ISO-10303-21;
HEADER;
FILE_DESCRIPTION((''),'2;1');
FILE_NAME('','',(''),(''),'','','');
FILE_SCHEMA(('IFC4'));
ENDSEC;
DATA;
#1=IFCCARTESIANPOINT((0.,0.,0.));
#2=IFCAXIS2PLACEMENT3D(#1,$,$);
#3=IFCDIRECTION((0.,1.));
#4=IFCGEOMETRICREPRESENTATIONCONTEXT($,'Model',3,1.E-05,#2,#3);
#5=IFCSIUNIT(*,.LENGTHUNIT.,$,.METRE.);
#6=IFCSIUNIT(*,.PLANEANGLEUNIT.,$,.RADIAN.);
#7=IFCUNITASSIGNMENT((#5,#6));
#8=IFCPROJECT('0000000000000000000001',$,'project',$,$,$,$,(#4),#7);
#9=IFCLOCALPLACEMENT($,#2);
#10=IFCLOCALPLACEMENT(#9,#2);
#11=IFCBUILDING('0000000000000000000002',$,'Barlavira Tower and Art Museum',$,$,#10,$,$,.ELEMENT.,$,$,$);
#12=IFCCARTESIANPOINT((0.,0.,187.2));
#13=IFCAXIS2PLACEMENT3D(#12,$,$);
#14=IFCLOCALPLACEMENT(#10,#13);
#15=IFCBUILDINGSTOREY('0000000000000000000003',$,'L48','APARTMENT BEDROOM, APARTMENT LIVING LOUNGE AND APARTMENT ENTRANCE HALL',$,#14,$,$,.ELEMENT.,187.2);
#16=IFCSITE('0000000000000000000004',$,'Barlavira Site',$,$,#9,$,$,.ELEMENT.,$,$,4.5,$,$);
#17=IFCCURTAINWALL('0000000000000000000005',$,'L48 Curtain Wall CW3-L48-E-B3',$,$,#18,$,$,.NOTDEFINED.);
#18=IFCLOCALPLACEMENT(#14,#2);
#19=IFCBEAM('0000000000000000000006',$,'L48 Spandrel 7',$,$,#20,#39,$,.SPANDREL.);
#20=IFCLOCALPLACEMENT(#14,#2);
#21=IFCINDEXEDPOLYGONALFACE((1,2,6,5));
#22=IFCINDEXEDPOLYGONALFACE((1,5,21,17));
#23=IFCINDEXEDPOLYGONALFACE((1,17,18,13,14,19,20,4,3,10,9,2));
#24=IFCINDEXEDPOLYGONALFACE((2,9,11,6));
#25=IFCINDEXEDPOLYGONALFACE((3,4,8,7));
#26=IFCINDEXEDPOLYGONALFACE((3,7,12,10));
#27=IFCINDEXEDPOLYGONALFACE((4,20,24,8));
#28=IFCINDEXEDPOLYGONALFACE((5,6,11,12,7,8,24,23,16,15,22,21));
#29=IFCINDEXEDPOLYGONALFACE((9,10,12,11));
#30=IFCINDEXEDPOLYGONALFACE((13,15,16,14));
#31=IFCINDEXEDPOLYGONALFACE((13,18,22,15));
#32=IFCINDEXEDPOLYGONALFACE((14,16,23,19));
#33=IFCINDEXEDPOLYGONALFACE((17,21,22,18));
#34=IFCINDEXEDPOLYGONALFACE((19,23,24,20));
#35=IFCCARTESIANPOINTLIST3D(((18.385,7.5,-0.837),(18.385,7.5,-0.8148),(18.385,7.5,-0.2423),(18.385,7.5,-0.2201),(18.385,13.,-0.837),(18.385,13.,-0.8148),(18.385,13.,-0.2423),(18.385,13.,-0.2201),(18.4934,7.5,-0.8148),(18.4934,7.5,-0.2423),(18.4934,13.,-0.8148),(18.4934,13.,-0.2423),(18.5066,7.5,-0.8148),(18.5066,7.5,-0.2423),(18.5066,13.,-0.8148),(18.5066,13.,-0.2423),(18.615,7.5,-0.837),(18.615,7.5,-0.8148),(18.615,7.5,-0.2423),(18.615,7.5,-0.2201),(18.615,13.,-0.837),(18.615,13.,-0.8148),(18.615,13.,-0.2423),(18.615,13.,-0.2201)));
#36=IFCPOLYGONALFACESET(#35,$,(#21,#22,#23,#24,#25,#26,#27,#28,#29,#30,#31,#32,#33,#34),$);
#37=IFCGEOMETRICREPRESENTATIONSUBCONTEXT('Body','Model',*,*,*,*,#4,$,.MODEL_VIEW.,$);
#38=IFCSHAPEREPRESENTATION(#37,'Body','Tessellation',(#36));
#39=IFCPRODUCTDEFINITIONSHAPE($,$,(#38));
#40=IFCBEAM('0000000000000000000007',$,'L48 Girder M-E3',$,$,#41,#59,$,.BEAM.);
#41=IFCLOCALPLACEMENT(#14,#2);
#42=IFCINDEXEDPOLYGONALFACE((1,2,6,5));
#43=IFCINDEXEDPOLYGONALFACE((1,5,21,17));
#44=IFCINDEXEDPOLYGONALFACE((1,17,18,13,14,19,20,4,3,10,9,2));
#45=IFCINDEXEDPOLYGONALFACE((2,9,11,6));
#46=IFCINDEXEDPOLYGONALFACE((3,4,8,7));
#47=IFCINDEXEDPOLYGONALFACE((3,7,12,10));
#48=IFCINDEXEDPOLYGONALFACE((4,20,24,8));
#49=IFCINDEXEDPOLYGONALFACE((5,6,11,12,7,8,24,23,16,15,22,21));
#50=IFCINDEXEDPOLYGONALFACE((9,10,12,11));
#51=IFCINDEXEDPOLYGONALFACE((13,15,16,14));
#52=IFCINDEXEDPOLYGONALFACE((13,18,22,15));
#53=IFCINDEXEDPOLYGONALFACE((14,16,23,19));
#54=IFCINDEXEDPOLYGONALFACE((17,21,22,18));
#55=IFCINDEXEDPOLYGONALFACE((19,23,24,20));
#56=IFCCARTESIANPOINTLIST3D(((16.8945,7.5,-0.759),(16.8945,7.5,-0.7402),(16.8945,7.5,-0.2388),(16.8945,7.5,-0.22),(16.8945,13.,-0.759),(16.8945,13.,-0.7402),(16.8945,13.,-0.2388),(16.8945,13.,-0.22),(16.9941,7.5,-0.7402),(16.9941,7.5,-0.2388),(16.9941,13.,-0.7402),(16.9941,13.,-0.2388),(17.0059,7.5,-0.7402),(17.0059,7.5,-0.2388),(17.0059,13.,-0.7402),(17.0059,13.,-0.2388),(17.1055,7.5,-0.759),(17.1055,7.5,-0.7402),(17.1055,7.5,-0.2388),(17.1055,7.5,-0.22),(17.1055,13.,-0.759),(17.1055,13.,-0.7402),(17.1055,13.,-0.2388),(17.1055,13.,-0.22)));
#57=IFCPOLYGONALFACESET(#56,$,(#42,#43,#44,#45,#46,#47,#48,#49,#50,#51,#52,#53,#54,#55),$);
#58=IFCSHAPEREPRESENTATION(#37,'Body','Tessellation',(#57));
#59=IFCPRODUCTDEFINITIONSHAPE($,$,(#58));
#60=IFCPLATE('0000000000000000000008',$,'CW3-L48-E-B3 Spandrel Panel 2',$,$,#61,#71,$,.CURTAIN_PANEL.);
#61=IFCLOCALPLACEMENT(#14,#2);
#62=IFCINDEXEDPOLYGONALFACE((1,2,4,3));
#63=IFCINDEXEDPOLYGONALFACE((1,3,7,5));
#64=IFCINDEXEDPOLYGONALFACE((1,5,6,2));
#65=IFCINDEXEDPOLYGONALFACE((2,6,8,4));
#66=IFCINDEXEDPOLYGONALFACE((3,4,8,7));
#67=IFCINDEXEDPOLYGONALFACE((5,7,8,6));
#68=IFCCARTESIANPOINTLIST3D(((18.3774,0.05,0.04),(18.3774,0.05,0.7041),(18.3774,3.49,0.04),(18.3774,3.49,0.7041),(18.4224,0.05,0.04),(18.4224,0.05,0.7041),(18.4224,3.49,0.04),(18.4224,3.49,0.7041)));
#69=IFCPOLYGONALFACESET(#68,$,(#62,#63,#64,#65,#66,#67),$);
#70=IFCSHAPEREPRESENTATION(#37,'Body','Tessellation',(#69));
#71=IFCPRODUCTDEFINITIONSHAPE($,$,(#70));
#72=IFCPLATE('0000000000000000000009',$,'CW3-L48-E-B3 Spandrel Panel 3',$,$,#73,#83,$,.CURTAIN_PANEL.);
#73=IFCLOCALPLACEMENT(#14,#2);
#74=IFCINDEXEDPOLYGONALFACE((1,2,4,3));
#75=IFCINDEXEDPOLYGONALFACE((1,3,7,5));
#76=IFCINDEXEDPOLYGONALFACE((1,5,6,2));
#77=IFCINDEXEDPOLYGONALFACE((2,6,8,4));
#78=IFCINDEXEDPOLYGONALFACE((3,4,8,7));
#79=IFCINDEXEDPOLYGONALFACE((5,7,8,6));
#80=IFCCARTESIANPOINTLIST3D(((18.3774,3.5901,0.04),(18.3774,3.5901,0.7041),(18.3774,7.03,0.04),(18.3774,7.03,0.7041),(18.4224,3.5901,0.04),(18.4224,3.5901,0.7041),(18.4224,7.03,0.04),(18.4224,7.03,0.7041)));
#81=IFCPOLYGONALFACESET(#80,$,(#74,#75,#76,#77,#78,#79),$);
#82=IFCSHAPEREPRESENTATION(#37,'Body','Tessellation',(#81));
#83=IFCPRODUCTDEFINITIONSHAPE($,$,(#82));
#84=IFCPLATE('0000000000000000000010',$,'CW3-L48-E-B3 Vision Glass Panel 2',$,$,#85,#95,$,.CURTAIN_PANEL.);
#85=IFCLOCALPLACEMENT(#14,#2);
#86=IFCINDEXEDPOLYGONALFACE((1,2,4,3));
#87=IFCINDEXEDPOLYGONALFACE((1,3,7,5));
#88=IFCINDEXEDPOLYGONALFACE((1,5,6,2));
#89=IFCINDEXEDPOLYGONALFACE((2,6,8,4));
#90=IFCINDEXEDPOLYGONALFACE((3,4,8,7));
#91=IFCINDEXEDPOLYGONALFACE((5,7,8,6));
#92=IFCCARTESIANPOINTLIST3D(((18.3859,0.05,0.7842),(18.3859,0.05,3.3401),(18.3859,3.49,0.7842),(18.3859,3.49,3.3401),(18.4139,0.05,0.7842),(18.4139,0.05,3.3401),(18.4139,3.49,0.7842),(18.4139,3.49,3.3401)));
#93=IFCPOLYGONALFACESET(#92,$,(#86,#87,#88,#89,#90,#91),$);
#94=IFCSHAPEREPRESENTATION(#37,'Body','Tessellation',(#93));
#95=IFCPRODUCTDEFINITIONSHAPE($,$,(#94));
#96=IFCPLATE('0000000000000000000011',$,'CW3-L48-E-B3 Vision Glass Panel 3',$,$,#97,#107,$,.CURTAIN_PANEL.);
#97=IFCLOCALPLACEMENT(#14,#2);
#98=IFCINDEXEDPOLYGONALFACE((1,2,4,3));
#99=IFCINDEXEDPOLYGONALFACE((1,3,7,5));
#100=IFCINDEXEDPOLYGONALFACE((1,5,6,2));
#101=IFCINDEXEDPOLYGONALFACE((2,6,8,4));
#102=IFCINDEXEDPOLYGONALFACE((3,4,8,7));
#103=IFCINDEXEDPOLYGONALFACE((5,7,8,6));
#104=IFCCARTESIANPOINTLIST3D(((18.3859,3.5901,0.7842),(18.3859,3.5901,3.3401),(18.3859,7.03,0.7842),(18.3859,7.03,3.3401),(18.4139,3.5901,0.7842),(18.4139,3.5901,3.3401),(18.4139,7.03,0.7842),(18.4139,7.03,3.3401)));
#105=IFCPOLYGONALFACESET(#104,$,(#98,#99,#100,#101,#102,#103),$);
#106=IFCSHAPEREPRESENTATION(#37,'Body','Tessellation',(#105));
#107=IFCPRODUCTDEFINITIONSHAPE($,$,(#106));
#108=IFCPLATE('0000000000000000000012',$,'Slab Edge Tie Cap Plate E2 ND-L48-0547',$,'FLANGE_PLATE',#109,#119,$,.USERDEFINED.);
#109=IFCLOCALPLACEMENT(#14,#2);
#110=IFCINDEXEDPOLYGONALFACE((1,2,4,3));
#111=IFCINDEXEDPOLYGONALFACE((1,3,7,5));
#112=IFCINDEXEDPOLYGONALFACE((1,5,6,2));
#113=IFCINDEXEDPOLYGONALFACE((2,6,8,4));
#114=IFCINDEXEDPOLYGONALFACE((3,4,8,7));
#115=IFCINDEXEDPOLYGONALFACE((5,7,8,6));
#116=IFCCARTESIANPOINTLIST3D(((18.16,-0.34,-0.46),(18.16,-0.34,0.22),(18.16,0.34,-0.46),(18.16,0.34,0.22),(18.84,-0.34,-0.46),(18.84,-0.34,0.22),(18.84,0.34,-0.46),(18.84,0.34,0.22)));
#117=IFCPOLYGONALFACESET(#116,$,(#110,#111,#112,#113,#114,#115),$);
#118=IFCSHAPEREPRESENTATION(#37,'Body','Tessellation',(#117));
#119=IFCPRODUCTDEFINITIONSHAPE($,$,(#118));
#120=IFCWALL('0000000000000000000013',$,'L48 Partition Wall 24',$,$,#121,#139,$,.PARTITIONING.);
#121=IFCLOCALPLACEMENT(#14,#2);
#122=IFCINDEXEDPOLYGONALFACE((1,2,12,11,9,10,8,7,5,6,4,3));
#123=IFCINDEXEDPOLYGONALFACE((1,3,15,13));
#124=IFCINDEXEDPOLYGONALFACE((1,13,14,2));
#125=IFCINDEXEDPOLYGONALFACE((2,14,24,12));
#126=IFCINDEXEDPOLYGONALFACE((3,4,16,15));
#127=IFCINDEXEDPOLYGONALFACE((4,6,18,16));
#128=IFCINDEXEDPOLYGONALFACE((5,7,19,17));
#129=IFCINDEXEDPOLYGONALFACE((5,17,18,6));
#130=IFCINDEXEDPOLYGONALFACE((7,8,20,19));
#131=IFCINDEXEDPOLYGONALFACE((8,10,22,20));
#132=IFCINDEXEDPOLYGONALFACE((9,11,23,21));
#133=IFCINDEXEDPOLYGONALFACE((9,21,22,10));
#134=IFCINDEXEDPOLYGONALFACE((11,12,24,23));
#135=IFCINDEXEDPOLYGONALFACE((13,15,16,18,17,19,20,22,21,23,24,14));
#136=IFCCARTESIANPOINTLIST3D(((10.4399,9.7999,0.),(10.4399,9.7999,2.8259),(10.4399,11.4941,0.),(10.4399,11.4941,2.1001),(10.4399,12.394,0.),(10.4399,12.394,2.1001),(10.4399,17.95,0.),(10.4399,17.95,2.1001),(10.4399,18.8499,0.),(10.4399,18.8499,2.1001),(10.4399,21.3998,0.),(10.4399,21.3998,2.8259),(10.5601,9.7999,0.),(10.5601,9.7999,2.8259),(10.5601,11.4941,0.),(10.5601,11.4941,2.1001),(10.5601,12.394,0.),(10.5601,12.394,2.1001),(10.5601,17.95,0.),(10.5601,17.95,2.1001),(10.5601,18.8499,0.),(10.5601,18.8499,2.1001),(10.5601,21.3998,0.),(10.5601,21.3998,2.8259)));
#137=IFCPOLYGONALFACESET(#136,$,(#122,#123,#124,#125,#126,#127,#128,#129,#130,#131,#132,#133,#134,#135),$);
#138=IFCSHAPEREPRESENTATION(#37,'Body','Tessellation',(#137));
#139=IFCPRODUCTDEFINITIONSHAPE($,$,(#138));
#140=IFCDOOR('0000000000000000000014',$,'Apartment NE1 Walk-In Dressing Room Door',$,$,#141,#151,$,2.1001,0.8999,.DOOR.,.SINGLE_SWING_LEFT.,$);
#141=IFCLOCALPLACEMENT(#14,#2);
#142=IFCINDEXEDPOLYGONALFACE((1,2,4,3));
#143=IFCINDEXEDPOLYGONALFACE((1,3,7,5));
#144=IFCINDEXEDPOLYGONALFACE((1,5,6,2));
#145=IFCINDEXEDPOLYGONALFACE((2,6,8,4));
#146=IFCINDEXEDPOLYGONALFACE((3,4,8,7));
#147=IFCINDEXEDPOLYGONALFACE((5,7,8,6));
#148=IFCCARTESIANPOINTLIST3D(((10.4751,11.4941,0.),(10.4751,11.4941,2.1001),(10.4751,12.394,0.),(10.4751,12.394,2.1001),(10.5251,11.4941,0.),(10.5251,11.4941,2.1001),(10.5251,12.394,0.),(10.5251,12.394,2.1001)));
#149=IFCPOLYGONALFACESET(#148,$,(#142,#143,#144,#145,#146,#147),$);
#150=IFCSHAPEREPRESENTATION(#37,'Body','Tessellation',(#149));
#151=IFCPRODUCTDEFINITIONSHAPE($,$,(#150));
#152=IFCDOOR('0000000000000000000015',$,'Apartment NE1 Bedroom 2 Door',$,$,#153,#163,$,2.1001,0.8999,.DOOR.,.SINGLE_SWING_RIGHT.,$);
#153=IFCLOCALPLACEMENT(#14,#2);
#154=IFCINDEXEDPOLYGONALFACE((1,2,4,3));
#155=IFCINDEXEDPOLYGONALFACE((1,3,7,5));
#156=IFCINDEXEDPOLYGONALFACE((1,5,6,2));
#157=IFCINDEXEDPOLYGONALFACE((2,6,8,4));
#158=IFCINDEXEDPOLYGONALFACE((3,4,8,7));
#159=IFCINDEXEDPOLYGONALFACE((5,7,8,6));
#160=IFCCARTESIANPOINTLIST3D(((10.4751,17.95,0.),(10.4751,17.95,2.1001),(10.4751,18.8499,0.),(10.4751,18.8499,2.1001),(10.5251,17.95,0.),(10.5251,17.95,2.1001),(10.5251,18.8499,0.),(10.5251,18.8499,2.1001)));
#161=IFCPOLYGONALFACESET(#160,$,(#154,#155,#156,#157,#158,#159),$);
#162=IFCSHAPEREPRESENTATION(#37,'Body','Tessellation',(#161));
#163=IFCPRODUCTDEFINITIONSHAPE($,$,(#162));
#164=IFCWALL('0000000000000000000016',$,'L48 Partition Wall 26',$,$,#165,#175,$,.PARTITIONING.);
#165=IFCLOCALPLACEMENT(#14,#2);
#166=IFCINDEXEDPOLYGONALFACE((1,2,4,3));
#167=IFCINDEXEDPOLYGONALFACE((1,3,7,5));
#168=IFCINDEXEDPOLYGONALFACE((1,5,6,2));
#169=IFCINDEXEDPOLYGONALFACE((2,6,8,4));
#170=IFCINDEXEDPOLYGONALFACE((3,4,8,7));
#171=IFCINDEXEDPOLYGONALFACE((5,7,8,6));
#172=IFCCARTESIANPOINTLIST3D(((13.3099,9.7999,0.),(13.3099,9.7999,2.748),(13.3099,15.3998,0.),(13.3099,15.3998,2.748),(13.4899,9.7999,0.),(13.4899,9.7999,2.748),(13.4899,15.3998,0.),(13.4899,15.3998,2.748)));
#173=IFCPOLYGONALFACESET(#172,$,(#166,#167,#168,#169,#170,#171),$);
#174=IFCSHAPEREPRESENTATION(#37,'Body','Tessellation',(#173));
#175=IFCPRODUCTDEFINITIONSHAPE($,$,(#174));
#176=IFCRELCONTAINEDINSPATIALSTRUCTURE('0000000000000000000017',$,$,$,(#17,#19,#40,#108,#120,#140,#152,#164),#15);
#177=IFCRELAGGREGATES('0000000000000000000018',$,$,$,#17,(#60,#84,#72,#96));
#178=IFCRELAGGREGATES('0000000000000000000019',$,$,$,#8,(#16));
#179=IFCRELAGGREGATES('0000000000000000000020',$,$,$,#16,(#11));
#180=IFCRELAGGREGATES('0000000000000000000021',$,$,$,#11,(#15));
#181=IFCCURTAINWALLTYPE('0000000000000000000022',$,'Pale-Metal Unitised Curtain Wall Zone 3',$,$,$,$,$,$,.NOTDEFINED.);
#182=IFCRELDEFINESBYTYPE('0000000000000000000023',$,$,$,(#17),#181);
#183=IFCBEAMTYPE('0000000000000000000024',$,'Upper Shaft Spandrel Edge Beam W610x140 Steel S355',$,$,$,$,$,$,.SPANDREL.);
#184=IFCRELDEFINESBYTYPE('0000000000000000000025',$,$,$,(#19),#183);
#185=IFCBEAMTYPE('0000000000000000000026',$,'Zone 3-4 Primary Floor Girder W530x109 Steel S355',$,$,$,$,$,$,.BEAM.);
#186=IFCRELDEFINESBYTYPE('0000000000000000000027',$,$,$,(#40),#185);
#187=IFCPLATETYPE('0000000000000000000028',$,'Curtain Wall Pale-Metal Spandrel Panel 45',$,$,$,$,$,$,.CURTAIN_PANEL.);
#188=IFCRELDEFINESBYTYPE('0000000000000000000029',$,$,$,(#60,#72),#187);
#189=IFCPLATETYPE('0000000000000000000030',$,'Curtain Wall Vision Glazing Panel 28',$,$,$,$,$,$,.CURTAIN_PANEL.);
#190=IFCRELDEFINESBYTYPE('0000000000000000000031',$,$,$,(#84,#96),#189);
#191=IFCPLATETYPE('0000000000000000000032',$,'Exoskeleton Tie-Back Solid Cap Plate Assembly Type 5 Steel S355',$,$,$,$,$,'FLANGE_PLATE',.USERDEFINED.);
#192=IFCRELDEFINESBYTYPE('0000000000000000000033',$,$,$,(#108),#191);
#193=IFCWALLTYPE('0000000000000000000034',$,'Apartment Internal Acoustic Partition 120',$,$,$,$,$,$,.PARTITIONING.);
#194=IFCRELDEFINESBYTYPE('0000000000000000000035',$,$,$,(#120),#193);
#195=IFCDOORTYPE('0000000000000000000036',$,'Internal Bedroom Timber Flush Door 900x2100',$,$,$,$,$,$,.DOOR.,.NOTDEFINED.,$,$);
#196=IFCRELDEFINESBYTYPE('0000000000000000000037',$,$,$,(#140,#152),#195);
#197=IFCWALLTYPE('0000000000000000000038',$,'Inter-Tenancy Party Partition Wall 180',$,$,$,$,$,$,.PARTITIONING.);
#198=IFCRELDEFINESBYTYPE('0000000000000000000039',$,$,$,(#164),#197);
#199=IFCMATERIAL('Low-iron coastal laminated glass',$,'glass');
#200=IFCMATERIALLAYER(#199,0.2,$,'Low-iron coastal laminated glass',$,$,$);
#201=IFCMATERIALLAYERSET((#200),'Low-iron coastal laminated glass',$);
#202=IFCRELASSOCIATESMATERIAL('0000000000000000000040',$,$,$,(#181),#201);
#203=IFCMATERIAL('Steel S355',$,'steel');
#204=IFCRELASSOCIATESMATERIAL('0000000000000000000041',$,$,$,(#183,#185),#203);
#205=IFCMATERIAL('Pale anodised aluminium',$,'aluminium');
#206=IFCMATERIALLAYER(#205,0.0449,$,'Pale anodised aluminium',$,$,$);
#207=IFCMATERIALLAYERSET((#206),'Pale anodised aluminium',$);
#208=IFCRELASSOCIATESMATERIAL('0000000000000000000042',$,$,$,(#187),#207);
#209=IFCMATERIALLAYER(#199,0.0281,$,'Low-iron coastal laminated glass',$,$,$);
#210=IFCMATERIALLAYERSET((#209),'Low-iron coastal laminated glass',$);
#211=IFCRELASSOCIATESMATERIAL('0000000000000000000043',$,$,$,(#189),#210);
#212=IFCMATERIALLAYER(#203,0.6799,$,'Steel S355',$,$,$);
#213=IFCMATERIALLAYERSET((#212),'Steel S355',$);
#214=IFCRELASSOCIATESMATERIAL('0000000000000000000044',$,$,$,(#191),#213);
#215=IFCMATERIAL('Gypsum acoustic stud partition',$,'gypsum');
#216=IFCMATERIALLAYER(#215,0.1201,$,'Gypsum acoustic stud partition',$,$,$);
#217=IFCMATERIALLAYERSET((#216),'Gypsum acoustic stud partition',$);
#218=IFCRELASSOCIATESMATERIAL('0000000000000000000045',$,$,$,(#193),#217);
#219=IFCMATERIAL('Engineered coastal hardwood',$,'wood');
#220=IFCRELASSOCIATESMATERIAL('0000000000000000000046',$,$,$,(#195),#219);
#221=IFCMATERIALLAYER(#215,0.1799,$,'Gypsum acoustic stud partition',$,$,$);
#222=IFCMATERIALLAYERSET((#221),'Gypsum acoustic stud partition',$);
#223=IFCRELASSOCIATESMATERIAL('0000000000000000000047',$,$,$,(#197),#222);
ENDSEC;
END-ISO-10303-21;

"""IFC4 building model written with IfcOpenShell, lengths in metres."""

from ifc_helpers import new_model, si_unit, direction, frame, frame_2d, origin, origin_2d, place, context, subcontext, project, spatial, rectangle, i_section, extrude, material, layer, layer_set, material_profile, profile_set, type_object, element, fill, aggregate, save


model = new_model("IFC4")

# Units and contexts
model_context = context("Model", 3, precision=1e-05, world=origin(), true_north=direction((0.0, 1.0)))
body_context = subcontext(model_context, "Body", "Model", "MODEL_VIEW")
ifc_project = project(units=[si_unit("LENGTHUNIT", "METRE"), si_unit("PLANEANGLEUNIT", "RADIAN")], contexts=[model_context])

# Site, building, storey
site_placement = place(None, origin())
site = spatial("IfcSite", under=ifc_project, at=site_placement, Name="Barlavira Site", CompositionType="ELEMENT", RefElevation=4.5)
building_placement = place(site_placement, origin())
building = spatial("IfcBuilding", under=site, at=building_placement, Name="Barlavira Tower and Art Museum", CompositionType="ELEMENT")
storey_placement = place(building_placement, frame((0.0, 0.0, 187.2)))
storey = spatial("IfcBuildingStorey", under=building, at=storey_placement, Name="L48", Description="APARTMENT BEDROOM, APARTMENT LIVING LOUNGE AND APARTMENT ENTRANCE HALL", CompositionType="ELEMENT", Elevation=187.2)

# Curtain wall
ifc_material_1 = material(Name="Low-iron coastal laminated glass", Category="glass")
ifc_layer_1 = layer(ifc_material_1, 0.2, Name="Low-iron coastal laminated glass")
ifc_layer_set_1 = layer_set([ifc_layer_1], Name="Low-iron coastal laminated glass")
curtain_wall_type = type_object("IfcCurtainWallType", Name="Pale-Metal Unitised Curtain Wall Zone 3", PredefinedType="NOTDEFINED", material=ifc_layer_set_1)
curtain_wall_placement = place(storey_placement, origin())
curtain_wall = element("IfcCurtainWall", 1, at=curtain_wall_placement, inside=storey, type_object=curtain_wall_type, Name="L48 Curtain Wall CW3-L48-E-B3", PredefinedType="NOTDEFINED")
ifc_material_2 = material(Name="Pale anodised aluminium", Category="aluminium")

# Shared definitions
ifc_material_3 = material(Name="Steel S355", Category="steel")

# Beams
ifc_material_profile_1 = material_profile(ifc_material_3, i_section(OverallWidth=0.23, OverallDepth=0.6169, WebThickness=0.0132, FlangeThickness=0.0222, at=origin_2d()), Name="W610x140.0")
ifc_profile_set_1 = profile_set([ifc_material_profile_1], Name="Steel S355")
beam_type_1 = type_object("IfcBeamType", Name="Upper Shaft Spandrel Edge Beam W610x140 Steel S355", PredefinedType="SPANDREL", material=ifc_profile_set_1)
beam_1_placement = place(storey_placement, frame((18.5, 7.5, -0.5286), z_axis=(0.0, 1.0, 0.0), x_axis=(-1.0, 0.0, 0.0)))
element("IfcBeam", 2, at=beam_1_placement, inside=storey, type_object=beam_type_1, Name="L48 Spandrel 7", PredefinedType="SPANDREL", context=body_context, shape_type="SweptSolid", body=[
    extrude(i_section(OverallWidth=0.23, OverallDepth=0.6169, WebThickness=0.0132, FlangeThickness=0.0222, at=origin_2d()), origin(), (0.0, 0.0, 1.0), 5.5),
])
ifc_material_profile_2 = material_profile(ifc_material_3, i_section(OverallWidth=0.2109, OverallDepth=0.5391, WebThickness=0.0117, FlangeThickness=0.0188, at=origin_2d()), Name="W530x109.0")
ifc_profile_set_2 = profile_set([ifc_material_profile_2], Name="Steel S355")
beam_type_2 = type_object("IfcBeamType", Name="Zone 3-4 Primary Floor Girder W530x109 Steel S355", PredefinedType="BEAM", material=ifc_profile_set_2)
beam_2_placement = place(storey_placement, frame((17.0, 7.5, -0.4895), z_axis=(0.0, 1.0, 0.0), x_axis=(-1.0, 0.0, 0.0)))
element("IfcBeam", 3, at=beam_2_placement, inside=storey, type_object=beam_type_2, Name="L48 Girder M-E3", PredefinedType="BEAM", context=body_context, shape_type="SweptSolid", body=[
    extrude(i_section(OverallWidth=0.2109, OverallDepth=0.5391, WebThickness=0.0117, FlangeThickness=0.0188, at=origin_2d()), origin(), (0.0, 0.0, 1.0), 5.5),
])

# Plates
ifc_layer_2 = layer(ifc_material_2, 0.0449, Name="Pale anodised aluminium")
ifc_layer_set_2 = layer_set([ifc_layer_2], Name="Pale anodised aluminium")
plate_type_1 = type_object("IfcPlateType", Name="Curtain Wall Pale-Metal Spandrel Panel 45", PredefinedType="CURTAIN_PANEL", material=ifc_layer_set_2)
plate_1_placement = place(storey_placement, frame((18.3999, 1.77, 0.04), z_axis=(0.0, 0.0, 1.0), x_axis=(0.0, 1.0, 0.0)))
plate_1 = element("IfcPlate", 4, at=plate_1_placement, type_object=plate_type_1, Name="CW3-L48-E-B3 Spandrel Panel 2", PredefinedType="CURTAIN_PANEL", context=body_context, shape_type="SweptSolid", body=[
    extrude(rectangle(XDim=3.4399, YDim=0.0449, at=origin_2d()), origin(), (0.0, 0.0, 1.0), 0.6641),
])
plate_2_placement = place(storey_placement, frame((18.3999, 5.3101, 0.04), z_axis=(0.0, 0.0, 1.0), x_axis=(0.0, 1.0, 0.0)))
plate_2 = element("IfcPlate", 5, at=plate_2_placement, type_object=plate_type_1, Name="CW3-L48-E-B3 Spandrel Panel 3", PredefinedType="CURTAIN_PANEL", context=body_context, shape_type="SweptSolid", body=[
    extrude(rectangle(XDim=3.4399, YDim=0.0449, at=origin_2d()), origin(), (0.0, 0.0, 1.0), 0.6641),
])
ifc_layer_3 = layer(ifc_material_1, 0.0281, Name="Low-iron coastal laminated glass")
ifc_layer_set_3 = layer_set([ifc_layer_3], Name="Low-iron coastal laminated glass")
plate_type_2 = type_object("IfcPlateType", Name="Curtain Wall Vision Glazing Panel 28", PredefinedType="CURTAIN_PANEL", material=ifc_layer_set_3)
plate_3_placement = place(storey_placement, frame((18.3999, 1.77, 0.7842), z_axis=(0.0, 0.0, 1.0), x_axis=(0.0, 1.0, 0.0)))
plate_3 = element("IfcPlate", 6, at=plate_3_placement, type_object=plate_type_2, Name="CW3-L48-E-B3 Vision Glass Panel 2", PredefinedType="CURTAIN_PANEL", context=body_context, shape_type="SweptSolid", body=[
    extrude(rectangle(XDim=3.4399, YDim=0.0281, at=origin_2d()), origin(), (0.0, 0.0, 1.0), 2.5559),
])
plate_4_placement = place(storey_placement, frame((18.3999, 5.3101, 0.7842), z_axis=(0.0, 0.0, 1.0), x_axis=(0.0, 1.0, 0.0)))
plate_4 = element("IfcPlate", 7, at=plate_4_placement, type_object=plate_type_2, Name="CW3-L48-E-B3 Vision Glass Panel 3", PredefinedType="CURTAIN_PANEL", context=body_context, shape_type="SweptSolid", body=[
    extrude(rectangle(XDim=3.4399, YDim=0.0281, at=origin_2d()), origin(), (0.0, 0.0, 1.0), 2.5559),
])
aggregate(curtain_wall, [plate_1, plate_3, plate_2, plate_4])
ifc_layer_4 = layer(ifc_material_3, 0.6799, Name="Steel S355")
ifc_layer_set_4 = layer_set([ifc_layer_4], Name="Steel S355")
plate_type_3 = type_object("IfcPlateType", Name="Exoskeleton Tie-Back Solid Cap Plate Assembly Type 5 Steel S355", ElementType="FLANGE_PLATE", PredefinedType="USERDEFINED", material=ifc_layer_set_4)
plate_5_placement = place(storey_placement, frame((18.5, 0.0, -0.46), z_axis=(0.0, 0.0, 1.0), x_axis=(1.0, 0.0, 0.0)))
element("IfcPlate", 8, at=plate_5_placement, inside=storey, type_object=plate_type_3, Name="Slab Edge Tie Cap Plate E2 ND-L48-0547", ObjectType="FLANGE_PLATE", PredefinedType="USERDEFINED", context=body_context, shape_type="SweptSolid", body=[
    extrude(rectangle(XDim=0.6799, YDim=0.6799, at=origin_2d()), origin(), (0.0, 0.0, 1.0), 0.6799),
])

# Wall, openings, doors
ifc_material_4 = material(Name="Gypsum acoustic stud partition", Category="gypsum")
ifc_layer_5 = layer(ifc_material_4, 0.1201, Name="Gypsum acoustic stud partition")
ifc_layer_set_5 = layer_set([ifc_layer_5], Name="Gypsum acoustic stud partition")
wall_type_1 = type_object("IfcWallType", Name="Apartment Internal Acoustic Partition 120", PredefinedType="PARTITIONING", material=ifc_layer_set_5)
wall_1_placement = place(storey_placement, frame((10.5, 9.8, 0.0), z_axis=(0.0, 0.0, 1.0), x_axis=(0.0, 1.0, 0.0)))
wall_1 = element("IfcWall", 9, at=wall_1_placement, inside=storey, type_object=wall_type_1, Name="L48 Partition Wall 24", PredefinedType="PARTITIONING", context=body_context, shape_type="SweptSolid", body=[
    extrude(rectangle(XDim=11.5999, YDim=0.1201, at=frame_2d((5.7998, 0.0))), origin(), (0.0, 0.0, 1.0), 2.8259),
])
opening_1_placement = place(wall_1_placement, frame((1.6941, 0.0, 0.0)))
opening_1 = element("IfcOpeningElement", 10, at=opening_1_placement, cuts=wall_1, PredefinedType="OPENING", context=body_context, shape_type="SweptSolid", body=[
    extrude(rectangle(XDim=0.8999, YDim=2.1001, at=frame_2d((0.45, 1.05))), frame((0.0, 0.0701, 0.0), z_axis=(0.0, -1.0, 0.0), x_axis=(1.0, 0.0, 0.0)), (0.0, 0.0, 1.0), 0.1401),
])
opening_2_placement = place(wall_1_placement, frame((8.1499, 0.0, 0.0)))
opening_2 = element("IfcOpeningElement", 11, at=opening_2_placement, cuts=wall_1, PredefinedType="OPENING", context=body_context, shape_type="SweptSolid", body=[
    extrude(rectangle(XDim=0.8999, YDim=2.1001, at=frame_2d((0.45, 1.05))), frame((0.0, 0.0701, 0.0), z_axis=(0.0, -1.0, 0.0), x_axis=(1.0, 0.0, 0.0)), (0.0, 0.0, 1.0), 0.1401),
])
ifc_material_5 = material(Name="Engineered coastal hardwood", Category="wood")
door_type = type_object("IfcDoorType", Name="Internal Bedroom Timber Flush Door 900x2100", OperationType="NOTDEFINED", PredefinedType="DOOR", material=ifc_material_5)
door_1_placement = place(opening_1_placement, origin())
door_1 = element("IfcDoor", 12, at=door_1_placement, inside=storey, type_object=door_type, Name="Apartment NE1 Walk-In Dressing Room Door", OperationType="SINGLE_SWING_LEFT", OverallHeight=2.1001, OverallWidth=0.8999, PredefinedType="DOOR", context=body_context, shape_type="SweptSolid", body=[
    extrude(rectangle(XDim=0.8999, YDim=2.1001, at=frame_2d((0.45, 1.05))), frame((0.0, 0.0249, 0.0), z_axis=(0.0, -1.0, 0.0), x_axis=(1.0, 0.0, 0.0)), (0.0, 0.0, 1.0), 0.05),
])
fill(opening_1, door_1)
door_2_placement = place(opening_2_placement, origin())
door_2 = element("IfcDoor", 13, at=door_2_placement, inside=storey, type_object=door_type, Name="Apartment NE1 Bedroom 2 Door", OperationType="SINGLE_SWING_RIGHT", OverallHeight=2.1001, OverallWidth=0.8999, PredefinedType="DOOR", context=body_context, shape_type="SweptSolid", body=[
    extrude(rectangle(XDim=0.8999, YDim=2.1001, at=frame_2d((0.45, 1.05))), frame((0.0, 0.0249, 0.0), z_axis=(0.0, -1.0, 0.0), x_axis=(1.0, 0.0, 0.0)), (0.0, 0.0, 1.0), 0.05),
])
fill(opening_2, door_2)

# Wall
ifc_layer_6 = layer(ifc_material_4, 0.1799, Name="Gypsum acoustic stud partition")
ifc_layer_set_6 = layer_set([ifc_layer_6], Name="Gypsum acoustic stud partition")
wall_type_2 = type_object("IfcWallType", Name="Inter-Tenancy Party Partition Wall 180", PredefinedType="PARTITIONING", material=ifc_layer_set_6)
wall_2_placement = place(storey_placement, frame((13.3999, 9.8, 0.0), z_axis=(0.0, 0.0, 1.0), x_axis=(0.0, 1.0, 0.0)))
element("IfcWall", 14, at=wall_2_placement, inside=storey, type_object=wall_type_2, Name="L48 Partition Wall 26", PredefinedType="PARTITIONING", context=body_context, shape_type="SweptSolid", body=[
    extrude(rectangle(XDim=5.5999, YDim=0.1799, at=frame_2d((2.7998, 0.0))), origin(), (0.0, 0.0, 1.0), 2.748),
])

save(model, "model.ifc")
